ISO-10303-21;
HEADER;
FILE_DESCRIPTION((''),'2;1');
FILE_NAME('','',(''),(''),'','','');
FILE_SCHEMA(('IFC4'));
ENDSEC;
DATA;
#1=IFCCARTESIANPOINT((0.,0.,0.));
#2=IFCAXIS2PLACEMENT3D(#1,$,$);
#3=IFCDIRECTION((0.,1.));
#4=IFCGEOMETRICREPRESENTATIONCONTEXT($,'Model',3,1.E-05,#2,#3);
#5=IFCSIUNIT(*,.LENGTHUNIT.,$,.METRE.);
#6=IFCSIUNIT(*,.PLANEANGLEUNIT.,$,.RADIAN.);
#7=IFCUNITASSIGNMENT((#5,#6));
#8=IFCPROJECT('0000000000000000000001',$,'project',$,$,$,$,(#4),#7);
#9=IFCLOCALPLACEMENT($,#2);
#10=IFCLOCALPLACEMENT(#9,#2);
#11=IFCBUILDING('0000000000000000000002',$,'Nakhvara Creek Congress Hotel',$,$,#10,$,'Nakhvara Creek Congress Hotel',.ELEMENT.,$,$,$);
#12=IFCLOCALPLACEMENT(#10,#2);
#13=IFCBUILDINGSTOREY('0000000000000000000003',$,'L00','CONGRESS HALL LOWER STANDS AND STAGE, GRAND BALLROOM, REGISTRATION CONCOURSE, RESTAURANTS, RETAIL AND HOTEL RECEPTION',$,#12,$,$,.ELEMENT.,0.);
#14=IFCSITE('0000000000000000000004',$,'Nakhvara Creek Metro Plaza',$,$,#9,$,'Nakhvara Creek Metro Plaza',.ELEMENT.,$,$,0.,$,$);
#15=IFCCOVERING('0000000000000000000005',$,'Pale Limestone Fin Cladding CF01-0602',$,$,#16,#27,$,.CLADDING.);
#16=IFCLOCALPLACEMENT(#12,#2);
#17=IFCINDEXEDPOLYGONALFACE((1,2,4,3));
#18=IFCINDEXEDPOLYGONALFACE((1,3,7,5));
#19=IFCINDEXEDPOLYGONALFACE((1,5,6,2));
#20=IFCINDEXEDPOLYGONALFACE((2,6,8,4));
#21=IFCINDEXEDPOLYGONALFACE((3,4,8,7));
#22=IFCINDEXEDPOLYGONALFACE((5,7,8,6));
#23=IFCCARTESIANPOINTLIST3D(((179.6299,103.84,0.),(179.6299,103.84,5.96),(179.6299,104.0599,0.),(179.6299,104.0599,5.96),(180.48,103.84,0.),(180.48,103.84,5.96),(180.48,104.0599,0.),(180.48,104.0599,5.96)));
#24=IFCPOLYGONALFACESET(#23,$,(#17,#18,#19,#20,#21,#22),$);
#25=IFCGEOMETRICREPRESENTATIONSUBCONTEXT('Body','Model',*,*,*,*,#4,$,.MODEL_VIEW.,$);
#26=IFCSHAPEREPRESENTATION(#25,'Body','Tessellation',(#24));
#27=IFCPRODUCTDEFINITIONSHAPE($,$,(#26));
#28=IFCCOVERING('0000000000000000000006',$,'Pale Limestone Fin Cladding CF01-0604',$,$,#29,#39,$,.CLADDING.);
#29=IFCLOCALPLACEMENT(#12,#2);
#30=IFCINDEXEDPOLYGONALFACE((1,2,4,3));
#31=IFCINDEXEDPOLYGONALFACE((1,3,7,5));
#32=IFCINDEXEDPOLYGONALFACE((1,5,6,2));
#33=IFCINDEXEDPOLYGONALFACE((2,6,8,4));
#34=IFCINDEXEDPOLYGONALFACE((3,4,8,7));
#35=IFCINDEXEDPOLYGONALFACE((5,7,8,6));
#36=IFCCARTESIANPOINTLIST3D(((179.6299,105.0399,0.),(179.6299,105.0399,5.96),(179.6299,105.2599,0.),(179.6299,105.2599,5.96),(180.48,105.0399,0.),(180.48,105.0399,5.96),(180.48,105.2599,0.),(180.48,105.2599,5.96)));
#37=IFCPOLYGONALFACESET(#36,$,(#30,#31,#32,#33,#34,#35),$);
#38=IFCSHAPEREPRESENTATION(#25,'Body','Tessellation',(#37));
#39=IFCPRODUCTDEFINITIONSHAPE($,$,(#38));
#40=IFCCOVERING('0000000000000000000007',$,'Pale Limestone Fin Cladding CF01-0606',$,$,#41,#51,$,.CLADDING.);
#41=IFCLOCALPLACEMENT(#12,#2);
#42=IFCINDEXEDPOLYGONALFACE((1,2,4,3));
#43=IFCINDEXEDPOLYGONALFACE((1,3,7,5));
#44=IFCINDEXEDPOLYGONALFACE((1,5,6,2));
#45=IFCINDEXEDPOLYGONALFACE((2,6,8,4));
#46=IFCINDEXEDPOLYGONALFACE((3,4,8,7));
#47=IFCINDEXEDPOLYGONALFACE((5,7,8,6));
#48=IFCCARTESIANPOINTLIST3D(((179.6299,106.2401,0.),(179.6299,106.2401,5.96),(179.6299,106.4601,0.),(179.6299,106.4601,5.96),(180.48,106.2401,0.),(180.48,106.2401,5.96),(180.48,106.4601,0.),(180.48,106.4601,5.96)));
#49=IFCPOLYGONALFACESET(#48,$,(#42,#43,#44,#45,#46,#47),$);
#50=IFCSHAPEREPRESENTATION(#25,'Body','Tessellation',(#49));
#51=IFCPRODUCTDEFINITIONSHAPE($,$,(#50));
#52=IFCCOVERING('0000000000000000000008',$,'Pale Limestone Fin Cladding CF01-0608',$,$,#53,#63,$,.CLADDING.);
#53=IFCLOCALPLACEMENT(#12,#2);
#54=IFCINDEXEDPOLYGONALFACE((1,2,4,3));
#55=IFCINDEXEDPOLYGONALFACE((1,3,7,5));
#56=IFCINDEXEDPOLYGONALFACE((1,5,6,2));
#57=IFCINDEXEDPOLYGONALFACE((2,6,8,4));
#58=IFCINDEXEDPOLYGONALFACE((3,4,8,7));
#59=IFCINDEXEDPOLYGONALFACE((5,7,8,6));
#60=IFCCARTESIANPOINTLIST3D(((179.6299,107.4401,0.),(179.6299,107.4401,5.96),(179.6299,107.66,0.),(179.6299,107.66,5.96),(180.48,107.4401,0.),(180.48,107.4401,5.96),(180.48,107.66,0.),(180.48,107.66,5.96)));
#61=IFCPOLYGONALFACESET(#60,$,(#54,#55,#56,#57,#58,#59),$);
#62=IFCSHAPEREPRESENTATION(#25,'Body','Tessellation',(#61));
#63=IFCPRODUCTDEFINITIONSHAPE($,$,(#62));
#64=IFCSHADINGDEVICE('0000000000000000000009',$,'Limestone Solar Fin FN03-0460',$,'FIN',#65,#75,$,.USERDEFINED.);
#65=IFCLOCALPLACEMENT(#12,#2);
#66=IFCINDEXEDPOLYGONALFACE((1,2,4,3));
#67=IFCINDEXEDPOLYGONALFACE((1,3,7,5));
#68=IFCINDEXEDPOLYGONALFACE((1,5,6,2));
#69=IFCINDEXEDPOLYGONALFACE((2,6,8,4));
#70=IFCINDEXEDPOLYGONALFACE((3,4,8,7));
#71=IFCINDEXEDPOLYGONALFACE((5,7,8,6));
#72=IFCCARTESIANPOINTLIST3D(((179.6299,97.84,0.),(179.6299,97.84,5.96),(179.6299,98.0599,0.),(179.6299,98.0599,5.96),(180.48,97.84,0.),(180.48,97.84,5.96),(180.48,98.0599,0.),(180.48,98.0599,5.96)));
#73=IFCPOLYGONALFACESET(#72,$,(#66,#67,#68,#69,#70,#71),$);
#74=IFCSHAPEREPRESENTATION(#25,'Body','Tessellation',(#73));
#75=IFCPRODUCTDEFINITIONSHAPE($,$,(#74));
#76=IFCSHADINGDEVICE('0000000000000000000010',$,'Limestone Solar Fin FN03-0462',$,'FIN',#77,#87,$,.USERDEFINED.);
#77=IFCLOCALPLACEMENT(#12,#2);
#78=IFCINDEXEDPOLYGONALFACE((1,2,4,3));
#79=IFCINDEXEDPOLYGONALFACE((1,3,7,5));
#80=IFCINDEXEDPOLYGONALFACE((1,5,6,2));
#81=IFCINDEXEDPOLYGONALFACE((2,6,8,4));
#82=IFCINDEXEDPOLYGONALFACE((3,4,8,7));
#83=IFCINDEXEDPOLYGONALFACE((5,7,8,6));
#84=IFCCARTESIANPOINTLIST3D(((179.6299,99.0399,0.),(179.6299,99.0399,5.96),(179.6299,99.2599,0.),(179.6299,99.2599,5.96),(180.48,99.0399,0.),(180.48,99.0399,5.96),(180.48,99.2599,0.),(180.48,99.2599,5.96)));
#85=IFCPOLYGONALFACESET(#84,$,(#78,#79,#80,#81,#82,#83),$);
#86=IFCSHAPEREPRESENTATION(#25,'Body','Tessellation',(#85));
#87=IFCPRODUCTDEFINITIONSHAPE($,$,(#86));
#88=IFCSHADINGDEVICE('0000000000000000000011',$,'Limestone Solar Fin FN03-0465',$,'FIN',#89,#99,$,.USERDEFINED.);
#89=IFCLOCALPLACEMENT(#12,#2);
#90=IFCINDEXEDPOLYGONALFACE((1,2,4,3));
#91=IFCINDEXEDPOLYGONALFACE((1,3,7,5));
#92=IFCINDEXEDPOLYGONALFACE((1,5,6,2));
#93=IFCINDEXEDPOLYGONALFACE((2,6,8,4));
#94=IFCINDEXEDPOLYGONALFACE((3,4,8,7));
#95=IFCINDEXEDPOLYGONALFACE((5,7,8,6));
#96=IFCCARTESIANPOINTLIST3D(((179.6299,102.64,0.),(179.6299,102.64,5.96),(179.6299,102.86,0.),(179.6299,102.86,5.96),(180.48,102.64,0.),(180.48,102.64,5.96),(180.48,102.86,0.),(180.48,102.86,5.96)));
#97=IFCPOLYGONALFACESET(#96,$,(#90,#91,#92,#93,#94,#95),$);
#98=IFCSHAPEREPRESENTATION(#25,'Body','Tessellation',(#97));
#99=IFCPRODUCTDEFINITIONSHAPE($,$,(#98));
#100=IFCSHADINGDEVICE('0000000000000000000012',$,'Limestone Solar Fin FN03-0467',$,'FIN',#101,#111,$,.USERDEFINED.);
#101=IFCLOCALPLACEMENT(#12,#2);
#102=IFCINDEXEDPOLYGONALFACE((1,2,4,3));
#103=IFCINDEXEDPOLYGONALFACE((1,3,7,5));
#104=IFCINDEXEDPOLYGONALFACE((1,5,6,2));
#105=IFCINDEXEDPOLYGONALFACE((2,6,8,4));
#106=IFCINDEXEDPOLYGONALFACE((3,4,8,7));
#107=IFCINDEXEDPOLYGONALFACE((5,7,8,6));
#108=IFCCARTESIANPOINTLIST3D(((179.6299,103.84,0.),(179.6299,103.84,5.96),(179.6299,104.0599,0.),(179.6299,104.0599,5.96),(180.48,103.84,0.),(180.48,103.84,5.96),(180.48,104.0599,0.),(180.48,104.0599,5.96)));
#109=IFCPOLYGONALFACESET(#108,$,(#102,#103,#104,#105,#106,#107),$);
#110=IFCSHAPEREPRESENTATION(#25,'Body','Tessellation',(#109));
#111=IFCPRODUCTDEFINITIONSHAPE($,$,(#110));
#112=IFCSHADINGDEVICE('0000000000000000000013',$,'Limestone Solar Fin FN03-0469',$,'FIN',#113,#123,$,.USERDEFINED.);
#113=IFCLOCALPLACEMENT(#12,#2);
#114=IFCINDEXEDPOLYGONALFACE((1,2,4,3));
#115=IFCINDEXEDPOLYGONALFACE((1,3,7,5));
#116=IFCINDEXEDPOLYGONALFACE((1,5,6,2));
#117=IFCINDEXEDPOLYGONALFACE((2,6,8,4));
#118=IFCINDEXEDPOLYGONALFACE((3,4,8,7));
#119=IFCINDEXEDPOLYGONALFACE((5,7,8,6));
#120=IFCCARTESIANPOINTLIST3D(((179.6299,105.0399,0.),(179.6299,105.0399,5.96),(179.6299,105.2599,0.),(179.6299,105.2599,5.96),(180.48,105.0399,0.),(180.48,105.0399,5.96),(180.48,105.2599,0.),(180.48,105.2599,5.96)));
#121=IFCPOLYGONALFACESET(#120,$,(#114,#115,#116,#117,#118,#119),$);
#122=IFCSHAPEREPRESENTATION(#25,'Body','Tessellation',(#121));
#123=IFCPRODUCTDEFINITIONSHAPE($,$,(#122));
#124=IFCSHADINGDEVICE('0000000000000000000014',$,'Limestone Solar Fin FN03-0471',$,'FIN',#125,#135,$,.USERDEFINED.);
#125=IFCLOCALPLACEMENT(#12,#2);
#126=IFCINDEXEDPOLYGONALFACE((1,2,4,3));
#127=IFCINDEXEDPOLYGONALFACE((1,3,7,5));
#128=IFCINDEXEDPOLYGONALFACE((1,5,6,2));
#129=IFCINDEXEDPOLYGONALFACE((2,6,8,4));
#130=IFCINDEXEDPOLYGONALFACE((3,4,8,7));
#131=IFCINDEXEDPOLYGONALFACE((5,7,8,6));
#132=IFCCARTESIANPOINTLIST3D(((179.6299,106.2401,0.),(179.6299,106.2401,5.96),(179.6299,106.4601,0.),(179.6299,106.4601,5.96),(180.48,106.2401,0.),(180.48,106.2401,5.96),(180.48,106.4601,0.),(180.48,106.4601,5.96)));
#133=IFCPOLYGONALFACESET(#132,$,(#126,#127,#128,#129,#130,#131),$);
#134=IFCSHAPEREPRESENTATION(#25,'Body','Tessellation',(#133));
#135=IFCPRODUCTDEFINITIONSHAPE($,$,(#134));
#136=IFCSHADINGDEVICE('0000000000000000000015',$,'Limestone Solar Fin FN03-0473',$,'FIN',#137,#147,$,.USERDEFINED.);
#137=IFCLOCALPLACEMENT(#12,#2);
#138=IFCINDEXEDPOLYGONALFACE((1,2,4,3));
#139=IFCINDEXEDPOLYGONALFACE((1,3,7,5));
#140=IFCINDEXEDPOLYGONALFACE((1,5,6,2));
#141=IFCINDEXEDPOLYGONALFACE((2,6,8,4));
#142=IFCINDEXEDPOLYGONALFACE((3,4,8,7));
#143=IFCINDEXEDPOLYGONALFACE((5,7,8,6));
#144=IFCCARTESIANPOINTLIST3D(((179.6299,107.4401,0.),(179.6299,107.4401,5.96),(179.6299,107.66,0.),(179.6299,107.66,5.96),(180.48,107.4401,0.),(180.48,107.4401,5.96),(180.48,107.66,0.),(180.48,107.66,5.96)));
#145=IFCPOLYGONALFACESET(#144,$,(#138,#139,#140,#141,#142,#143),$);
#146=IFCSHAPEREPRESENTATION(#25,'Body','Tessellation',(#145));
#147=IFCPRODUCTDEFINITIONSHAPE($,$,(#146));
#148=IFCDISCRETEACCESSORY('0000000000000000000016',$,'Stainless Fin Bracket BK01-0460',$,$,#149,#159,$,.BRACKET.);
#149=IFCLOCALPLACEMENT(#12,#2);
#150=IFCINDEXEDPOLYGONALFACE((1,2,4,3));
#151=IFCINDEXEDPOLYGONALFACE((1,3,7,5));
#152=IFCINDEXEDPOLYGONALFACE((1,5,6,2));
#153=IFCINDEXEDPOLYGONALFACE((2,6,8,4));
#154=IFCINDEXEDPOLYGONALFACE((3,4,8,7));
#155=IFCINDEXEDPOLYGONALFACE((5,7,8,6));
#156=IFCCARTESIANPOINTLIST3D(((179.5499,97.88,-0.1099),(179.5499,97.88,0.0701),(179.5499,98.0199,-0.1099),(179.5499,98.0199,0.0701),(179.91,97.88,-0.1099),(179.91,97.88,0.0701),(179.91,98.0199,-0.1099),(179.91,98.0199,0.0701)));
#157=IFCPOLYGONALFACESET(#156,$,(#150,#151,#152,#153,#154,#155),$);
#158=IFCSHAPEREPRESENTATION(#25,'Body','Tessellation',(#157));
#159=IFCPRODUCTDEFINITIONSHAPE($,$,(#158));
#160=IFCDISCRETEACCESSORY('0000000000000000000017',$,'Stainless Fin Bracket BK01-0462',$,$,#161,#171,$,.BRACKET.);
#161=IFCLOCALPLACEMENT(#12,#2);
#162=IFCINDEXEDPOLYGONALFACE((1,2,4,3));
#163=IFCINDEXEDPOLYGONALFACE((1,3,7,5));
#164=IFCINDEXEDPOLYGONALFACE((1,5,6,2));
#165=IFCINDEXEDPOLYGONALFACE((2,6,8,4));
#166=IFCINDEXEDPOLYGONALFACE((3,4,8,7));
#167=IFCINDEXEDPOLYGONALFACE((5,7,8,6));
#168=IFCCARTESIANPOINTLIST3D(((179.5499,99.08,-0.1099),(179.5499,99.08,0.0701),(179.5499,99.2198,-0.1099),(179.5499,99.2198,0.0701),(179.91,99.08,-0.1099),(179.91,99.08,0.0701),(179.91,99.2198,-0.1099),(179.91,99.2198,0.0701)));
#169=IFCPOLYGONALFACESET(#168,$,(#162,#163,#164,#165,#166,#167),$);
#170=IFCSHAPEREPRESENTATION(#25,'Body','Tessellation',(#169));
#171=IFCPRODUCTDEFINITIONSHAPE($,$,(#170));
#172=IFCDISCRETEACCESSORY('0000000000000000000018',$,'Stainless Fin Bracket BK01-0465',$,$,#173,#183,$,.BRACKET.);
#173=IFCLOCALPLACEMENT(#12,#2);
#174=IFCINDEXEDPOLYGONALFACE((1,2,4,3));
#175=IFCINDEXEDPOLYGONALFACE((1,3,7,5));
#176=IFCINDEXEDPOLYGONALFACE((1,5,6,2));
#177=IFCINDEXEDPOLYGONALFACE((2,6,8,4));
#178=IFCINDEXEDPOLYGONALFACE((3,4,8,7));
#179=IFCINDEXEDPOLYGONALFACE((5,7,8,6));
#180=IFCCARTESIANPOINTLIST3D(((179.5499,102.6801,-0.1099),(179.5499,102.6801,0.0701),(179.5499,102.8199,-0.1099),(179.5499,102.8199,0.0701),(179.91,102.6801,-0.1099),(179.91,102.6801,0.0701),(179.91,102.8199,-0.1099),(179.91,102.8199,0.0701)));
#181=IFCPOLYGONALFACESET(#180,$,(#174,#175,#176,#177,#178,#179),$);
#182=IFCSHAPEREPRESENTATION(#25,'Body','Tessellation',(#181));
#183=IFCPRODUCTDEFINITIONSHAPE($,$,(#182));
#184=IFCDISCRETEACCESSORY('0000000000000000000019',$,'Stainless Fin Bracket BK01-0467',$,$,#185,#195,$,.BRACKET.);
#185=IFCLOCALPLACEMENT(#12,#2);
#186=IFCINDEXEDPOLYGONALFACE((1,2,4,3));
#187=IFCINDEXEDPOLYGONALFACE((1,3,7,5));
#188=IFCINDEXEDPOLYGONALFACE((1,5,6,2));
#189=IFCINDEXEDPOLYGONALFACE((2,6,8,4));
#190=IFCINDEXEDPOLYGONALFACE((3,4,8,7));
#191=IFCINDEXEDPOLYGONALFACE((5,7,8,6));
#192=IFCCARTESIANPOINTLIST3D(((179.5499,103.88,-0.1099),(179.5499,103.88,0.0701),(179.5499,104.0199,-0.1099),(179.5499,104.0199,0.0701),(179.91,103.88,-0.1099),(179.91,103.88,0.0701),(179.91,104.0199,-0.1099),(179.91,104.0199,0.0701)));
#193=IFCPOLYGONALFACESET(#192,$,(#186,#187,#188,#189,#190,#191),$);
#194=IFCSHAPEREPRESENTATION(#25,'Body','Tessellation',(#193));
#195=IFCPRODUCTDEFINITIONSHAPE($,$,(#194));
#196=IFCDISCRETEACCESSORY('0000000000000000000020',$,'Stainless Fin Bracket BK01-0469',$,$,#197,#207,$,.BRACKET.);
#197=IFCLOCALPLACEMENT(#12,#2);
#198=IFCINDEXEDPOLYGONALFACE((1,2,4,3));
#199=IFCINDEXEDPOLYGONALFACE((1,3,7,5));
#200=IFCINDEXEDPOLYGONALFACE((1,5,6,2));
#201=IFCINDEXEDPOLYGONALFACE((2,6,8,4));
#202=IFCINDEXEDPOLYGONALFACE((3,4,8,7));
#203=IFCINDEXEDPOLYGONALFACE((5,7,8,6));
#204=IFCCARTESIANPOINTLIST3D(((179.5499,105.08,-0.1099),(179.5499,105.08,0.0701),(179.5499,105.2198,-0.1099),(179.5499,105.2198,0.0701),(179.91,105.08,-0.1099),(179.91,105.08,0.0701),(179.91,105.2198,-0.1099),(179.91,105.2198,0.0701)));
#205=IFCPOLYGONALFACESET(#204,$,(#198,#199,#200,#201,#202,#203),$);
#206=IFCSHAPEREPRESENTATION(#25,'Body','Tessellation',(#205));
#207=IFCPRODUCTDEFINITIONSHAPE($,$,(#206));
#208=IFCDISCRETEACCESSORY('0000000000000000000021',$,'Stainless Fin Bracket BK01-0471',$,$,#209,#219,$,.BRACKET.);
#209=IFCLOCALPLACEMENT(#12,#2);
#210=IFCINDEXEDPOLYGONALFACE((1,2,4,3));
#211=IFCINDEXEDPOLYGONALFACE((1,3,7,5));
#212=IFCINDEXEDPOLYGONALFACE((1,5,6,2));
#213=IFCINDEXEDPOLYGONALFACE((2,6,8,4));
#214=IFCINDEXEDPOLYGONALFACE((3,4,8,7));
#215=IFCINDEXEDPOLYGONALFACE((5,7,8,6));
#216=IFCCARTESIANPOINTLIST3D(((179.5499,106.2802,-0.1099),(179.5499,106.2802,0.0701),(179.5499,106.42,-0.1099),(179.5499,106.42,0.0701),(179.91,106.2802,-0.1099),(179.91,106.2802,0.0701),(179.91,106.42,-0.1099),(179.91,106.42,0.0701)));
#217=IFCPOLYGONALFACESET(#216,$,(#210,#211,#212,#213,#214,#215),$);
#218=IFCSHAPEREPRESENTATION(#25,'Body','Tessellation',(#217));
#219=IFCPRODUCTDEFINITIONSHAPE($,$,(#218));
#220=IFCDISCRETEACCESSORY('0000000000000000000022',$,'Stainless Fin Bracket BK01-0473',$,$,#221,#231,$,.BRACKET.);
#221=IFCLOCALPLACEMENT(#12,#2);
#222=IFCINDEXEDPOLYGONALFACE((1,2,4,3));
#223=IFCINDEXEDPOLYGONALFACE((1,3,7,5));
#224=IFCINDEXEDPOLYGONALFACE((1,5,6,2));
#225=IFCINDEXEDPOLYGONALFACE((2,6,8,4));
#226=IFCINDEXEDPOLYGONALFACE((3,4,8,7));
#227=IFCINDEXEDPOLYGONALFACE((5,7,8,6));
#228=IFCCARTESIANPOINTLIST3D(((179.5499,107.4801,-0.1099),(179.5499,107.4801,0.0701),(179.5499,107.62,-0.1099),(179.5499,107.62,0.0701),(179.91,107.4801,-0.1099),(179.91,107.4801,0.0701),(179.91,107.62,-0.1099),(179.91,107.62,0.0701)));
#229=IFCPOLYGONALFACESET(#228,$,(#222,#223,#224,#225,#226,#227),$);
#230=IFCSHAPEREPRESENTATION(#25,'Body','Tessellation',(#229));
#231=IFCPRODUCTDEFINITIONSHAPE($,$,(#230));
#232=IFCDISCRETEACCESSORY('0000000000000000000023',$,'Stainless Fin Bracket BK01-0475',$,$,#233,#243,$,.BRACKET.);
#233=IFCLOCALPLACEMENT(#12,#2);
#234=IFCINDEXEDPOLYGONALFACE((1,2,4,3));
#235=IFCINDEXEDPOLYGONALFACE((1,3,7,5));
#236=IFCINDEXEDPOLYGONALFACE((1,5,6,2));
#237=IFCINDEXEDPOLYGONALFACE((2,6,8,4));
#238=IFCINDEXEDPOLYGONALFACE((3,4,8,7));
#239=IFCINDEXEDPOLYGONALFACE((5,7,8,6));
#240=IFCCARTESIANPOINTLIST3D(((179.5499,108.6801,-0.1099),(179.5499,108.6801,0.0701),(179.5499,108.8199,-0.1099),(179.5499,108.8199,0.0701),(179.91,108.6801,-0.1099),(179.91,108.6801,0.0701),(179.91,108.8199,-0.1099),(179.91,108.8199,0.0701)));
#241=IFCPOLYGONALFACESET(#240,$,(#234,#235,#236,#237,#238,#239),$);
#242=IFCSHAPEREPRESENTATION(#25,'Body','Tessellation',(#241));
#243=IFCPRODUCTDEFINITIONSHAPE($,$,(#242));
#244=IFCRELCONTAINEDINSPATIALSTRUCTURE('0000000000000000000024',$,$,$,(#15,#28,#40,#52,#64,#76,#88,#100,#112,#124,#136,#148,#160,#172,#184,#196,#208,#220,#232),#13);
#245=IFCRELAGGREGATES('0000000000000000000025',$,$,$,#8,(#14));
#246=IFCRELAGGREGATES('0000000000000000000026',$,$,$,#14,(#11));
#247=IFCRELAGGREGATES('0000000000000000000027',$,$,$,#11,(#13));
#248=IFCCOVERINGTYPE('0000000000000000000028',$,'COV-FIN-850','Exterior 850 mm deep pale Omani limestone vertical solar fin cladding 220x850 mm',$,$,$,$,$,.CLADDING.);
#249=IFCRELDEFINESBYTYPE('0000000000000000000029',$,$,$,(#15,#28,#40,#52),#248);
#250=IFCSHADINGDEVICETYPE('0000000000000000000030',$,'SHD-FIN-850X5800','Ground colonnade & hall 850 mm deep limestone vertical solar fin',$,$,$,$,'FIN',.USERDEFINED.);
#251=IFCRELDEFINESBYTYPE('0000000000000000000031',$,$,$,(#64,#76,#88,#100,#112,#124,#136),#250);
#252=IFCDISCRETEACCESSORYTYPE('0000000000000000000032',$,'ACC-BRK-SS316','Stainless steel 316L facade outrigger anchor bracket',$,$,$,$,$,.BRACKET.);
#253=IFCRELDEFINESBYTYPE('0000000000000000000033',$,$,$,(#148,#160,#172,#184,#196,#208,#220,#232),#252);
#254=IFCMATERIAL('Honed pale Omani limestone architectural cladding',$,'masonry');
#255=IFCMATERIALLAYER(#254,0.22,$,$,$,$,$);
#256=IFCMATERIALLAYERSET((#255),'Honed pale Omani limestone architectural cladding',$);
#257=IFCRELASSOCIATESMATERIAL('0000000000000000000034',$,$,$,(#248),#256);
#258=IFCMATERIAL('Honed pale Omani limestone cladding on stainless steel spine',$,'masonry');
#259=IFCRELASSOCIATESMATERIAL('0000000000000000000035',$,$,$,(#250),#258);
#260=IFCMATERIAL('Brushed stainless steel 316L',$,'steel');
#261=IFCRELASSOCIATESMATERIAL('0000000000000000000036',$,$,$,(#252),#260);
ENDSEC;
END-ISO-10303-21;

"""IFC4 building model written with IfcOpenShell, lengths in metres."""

from ifc_helpers import new_model, si_unit, direction, frame, origin, origin_2d, place, context, subcontext, project, spatial, rectangle, extrude, material, layer, layer_set, type_object, element, save


model = new_model("IFC4")

# Units and contexts
model_context = context("Model", 3, precision=1e-05, world=origin(), true_north=direction((0.0, 1.0)))
body_context = subcontext(model_context, "Body", "Model", "MODEL_VIEW")
ifc_project = project(units=[si_unit("LENGTHUNIT", "METRE"), si_unit("PLANEANGLEUNIT", "RADIAN")], contexts=[model_context])

# Site, building, storey
site_placement = place(None, origin())
site = spatial("IfcSite", under=ifc_project, at=site_placement, Name="Nakhvara Creek Metro Plaza", LongName="Nakhvara Creek Metro Plaza", CompositionType="ELEMENT", RefElevation=0.0)
building_placement = place(site_placement, origin())
building = spatial("IfcBuilding", under=site, at=building_placement, Name="Nakhvara Creek Congress Hotel", LongName="Nakhvara Creek Congress Hotel", CompositionType="ELEMENT")
storey_placement = place(building_placement, origin())
storey = spatial("IfcBuildingStorey", under=building, at=storey_placement, Name="L00", Description="CONGRESS HALL LOWER STANDS AND STAGE, GRAND BALLROOM, REGISTRATION CONCOURSE, RESTAURANTS, RETAIL AND HOTEL RECEPTION", CompositionType="ELEMENT", Elevation=0.0)

# Coverings
ifc_material_1 = material(Name="Honed pale Omani limestone architectural cladding", Category="masonry")
ifc_layer_1 = layer(ifc_material_1, 0.22)
ifc_layer_set_1 = layer_set([ifc_layer_1], Name="Honed pale Omani limestone architectural cladding")
covering_type = type_object("IfcCoveringType", Name="COV-FIN-850", Description="Exterior 850 mm deep pale Omani limestone vertical solar fin cladding 220x850 mm", PredefinedType="CLADDING", material=ifc_layer_set_1)
for number, where, z_axis, x_axis, name in (
    (1, (180.0549, 103.95, 0.0), (0.0, 0.0, 1.0), (0.0, 1.0, 0.0), "Pale Limestone Fin Cladding CF01-0602"),
    (2, (180.0549, 105.1499, 0.0), (0.0, 0.0, 1.0), (0.0, 1.0, 0.0), "Pale Limestone Fin Cladding CF01-0604"),
    (3, (180.0549, 106.3501, 0.0), (0.0, 0.0, 1.0), (0.0, 1.0, 0.0), "Pale Limestone Fin Cladding CF01-0606"),
    (4, (180.0549, 107.55, 0.0), (0.0, 0.0, 1.0), (0.0, 1.0, 0.0), "Pale Limestone Fin Cladding CF01-0608"),
):
    element("IfcCovering", number, at=place(storey_placement, frame(where, z_axis=z_axis, x_axis=x_axis)), inside=storey, type_object=covering_type, Name=name, PredefinedType="CLADDING", context=body_context, shape_type="SweptSolid", body=[
        extrude(rectangle(XDim=0.22, YDim=0.8501, at=origin_2d()), origin(), (0.0, 0.0, 1.0), 5.96),
    ])

# Shading devices
ifc_material_2 = material(Name="Honed pale Omani limestone cladding on stainless steel spine", Category="masonry")
shading_device_type = type_object("IfcShadingDeviceType", Name="SHD-FIN-850X5800", Description="Ground colonnade & hall 850 mm deep limestone vertical solar fin", ElementType="FIN", PredefinedType="USERDEFINED", material=ifc_material_2)
for number, where, z_axis, x_axis, name in (
    (5, (180.0549, 97.95, 0.0), (0.0, 0.0, 1.0), (0.0, 1.0, 0.0), "Limestone Solar Fin FN03-0460"),
    (6, (180.0549, 99.1499, 0.0), (0.0, 0.0, 1.0), (0.0, 1.0, 0.0), "Limestone Solar Fin FN03-0462"),
    (7, (180.0549, 102.75, 0.0), (0.0, 0.0, 1.0), (0.0, 1.0, 0.0), "Limestone Solar Fin FN03-0465"),
    (8, (180.0549, 103.95, 0.0), (0.0, 0.0, 1.0), (0.0, 1.0, 0.0), "Limestone Solar Fin FN03-0467"),
    (9, (180.0549, 105.1499, 0.0), (0.0, 0.0, 1.0), (0.0, 1.0, 0.0), "Limestone Solar Fin FN03-0469"),
    (10, (180.0549, 106.3501, 0.0), (0.0, 0.0, 1.0), (0.0, 1.0, 0.0), "Limestone Solar Fin FN03-0471"),
    (11, (180.0549, 107.55, 0.0), (0.0, 0.0, 1.0), (0.0, 1.0, 0.0), "Limestone Solar Fin FN03-0473"),
):
    element("IfcShadingDevice", number, at=place(storey_placement, frame(where, z_axis=z_axis, x_axis=x_axis)), inside=storey, type_object=shading_device_type, Name=name, ObjectType="FIN", PredefinedType="USERDEFINED", context=body_context, shape_type="SweptSolid", body=[
        extrude(rectangle(XDim=0.22, YDim=0.8501, at=origin_2d()), origin(), (0.0, 0.0, 1.0), 5.96),
    ])

# Discrete accessories
ifc_material_3 = material(Name="Brushed stainless steel 316L", Category="steel")
discrete_accessory_type = type_object("IfcDiscreteAccessoryType", Name="ACC-BRK-SS316", Description="Stainless steel 316L facade outrigger anchor bracket", PredefinedType="BRACKET", material=ifc_material_3)
for number, where, z_axis, x_axis, name in (
    (12, (179.73, 97.95, -0.1099), (0.0, 0.0, 1.0), (0.0, 1.0, 0.0), "Stainless Fin Bracket BK01-0460"),
    (13, (179.73, 99.1499, -0.1099), (0.0, 0.0, 1.0), (0.0, 1.0, 0.0), "Stainless Fin Bracket BK01-0462"),
    (14, (179.73, 102.75, -0.1099), (0.0, 0.0, 1.0), (0.0, 1.0, 0.0), "Stainless Fin Bracket BK01-0465"),
    (15, (179.73, 103.95, -0.1099), (0.0, 0.0, 1.0), (0.0, 1.0, 0.0), "Stainless Fin Bracket BK01-0467"),
    (16, (179.73, 105.1499, -0.1099), (0.0, 0.0, 1.0), (0.0, 1.0, 0.0), "Stainless Fin Bracket BK01-0469"),
    (17, (179.73, 106.3501, -0.1099), (0.0, 0.0, 1.0), (0.0, 1.0, 0.0), "Stainless Fin Bracket BK01-0471"),
    (18, (179.73, 107.55, -0.1099), (0.0, 0.0, 1.0), (0.0, 1.0, 0.0), "Stainless Fin Bracket BK01-0473"),
    (19, (179.73, 108.75, -0.1099), (0.0, 0.0, 1.0), (0.0, 1.0, 0.0), "Stainless Fin Bracket BK01-0475"),
):
    element("IfcDiscreteAccessory", number, at=place(storey_placement, frame(where, z_axis=z_axis, x_axis=x_axis)), inside=storey, type_object=discrete_accessory_type, Name=name, PredefinedType="BRACKET", context=body_context, shape_type="SweptSolid", body=[
        extrude(rectangle(XDim=0.1399, YDim=0.3601, at=origin_2d()), origin(), (0.0, 0.0, 1.0), 0.1799),
    ])

save(model, "model.ifc")
